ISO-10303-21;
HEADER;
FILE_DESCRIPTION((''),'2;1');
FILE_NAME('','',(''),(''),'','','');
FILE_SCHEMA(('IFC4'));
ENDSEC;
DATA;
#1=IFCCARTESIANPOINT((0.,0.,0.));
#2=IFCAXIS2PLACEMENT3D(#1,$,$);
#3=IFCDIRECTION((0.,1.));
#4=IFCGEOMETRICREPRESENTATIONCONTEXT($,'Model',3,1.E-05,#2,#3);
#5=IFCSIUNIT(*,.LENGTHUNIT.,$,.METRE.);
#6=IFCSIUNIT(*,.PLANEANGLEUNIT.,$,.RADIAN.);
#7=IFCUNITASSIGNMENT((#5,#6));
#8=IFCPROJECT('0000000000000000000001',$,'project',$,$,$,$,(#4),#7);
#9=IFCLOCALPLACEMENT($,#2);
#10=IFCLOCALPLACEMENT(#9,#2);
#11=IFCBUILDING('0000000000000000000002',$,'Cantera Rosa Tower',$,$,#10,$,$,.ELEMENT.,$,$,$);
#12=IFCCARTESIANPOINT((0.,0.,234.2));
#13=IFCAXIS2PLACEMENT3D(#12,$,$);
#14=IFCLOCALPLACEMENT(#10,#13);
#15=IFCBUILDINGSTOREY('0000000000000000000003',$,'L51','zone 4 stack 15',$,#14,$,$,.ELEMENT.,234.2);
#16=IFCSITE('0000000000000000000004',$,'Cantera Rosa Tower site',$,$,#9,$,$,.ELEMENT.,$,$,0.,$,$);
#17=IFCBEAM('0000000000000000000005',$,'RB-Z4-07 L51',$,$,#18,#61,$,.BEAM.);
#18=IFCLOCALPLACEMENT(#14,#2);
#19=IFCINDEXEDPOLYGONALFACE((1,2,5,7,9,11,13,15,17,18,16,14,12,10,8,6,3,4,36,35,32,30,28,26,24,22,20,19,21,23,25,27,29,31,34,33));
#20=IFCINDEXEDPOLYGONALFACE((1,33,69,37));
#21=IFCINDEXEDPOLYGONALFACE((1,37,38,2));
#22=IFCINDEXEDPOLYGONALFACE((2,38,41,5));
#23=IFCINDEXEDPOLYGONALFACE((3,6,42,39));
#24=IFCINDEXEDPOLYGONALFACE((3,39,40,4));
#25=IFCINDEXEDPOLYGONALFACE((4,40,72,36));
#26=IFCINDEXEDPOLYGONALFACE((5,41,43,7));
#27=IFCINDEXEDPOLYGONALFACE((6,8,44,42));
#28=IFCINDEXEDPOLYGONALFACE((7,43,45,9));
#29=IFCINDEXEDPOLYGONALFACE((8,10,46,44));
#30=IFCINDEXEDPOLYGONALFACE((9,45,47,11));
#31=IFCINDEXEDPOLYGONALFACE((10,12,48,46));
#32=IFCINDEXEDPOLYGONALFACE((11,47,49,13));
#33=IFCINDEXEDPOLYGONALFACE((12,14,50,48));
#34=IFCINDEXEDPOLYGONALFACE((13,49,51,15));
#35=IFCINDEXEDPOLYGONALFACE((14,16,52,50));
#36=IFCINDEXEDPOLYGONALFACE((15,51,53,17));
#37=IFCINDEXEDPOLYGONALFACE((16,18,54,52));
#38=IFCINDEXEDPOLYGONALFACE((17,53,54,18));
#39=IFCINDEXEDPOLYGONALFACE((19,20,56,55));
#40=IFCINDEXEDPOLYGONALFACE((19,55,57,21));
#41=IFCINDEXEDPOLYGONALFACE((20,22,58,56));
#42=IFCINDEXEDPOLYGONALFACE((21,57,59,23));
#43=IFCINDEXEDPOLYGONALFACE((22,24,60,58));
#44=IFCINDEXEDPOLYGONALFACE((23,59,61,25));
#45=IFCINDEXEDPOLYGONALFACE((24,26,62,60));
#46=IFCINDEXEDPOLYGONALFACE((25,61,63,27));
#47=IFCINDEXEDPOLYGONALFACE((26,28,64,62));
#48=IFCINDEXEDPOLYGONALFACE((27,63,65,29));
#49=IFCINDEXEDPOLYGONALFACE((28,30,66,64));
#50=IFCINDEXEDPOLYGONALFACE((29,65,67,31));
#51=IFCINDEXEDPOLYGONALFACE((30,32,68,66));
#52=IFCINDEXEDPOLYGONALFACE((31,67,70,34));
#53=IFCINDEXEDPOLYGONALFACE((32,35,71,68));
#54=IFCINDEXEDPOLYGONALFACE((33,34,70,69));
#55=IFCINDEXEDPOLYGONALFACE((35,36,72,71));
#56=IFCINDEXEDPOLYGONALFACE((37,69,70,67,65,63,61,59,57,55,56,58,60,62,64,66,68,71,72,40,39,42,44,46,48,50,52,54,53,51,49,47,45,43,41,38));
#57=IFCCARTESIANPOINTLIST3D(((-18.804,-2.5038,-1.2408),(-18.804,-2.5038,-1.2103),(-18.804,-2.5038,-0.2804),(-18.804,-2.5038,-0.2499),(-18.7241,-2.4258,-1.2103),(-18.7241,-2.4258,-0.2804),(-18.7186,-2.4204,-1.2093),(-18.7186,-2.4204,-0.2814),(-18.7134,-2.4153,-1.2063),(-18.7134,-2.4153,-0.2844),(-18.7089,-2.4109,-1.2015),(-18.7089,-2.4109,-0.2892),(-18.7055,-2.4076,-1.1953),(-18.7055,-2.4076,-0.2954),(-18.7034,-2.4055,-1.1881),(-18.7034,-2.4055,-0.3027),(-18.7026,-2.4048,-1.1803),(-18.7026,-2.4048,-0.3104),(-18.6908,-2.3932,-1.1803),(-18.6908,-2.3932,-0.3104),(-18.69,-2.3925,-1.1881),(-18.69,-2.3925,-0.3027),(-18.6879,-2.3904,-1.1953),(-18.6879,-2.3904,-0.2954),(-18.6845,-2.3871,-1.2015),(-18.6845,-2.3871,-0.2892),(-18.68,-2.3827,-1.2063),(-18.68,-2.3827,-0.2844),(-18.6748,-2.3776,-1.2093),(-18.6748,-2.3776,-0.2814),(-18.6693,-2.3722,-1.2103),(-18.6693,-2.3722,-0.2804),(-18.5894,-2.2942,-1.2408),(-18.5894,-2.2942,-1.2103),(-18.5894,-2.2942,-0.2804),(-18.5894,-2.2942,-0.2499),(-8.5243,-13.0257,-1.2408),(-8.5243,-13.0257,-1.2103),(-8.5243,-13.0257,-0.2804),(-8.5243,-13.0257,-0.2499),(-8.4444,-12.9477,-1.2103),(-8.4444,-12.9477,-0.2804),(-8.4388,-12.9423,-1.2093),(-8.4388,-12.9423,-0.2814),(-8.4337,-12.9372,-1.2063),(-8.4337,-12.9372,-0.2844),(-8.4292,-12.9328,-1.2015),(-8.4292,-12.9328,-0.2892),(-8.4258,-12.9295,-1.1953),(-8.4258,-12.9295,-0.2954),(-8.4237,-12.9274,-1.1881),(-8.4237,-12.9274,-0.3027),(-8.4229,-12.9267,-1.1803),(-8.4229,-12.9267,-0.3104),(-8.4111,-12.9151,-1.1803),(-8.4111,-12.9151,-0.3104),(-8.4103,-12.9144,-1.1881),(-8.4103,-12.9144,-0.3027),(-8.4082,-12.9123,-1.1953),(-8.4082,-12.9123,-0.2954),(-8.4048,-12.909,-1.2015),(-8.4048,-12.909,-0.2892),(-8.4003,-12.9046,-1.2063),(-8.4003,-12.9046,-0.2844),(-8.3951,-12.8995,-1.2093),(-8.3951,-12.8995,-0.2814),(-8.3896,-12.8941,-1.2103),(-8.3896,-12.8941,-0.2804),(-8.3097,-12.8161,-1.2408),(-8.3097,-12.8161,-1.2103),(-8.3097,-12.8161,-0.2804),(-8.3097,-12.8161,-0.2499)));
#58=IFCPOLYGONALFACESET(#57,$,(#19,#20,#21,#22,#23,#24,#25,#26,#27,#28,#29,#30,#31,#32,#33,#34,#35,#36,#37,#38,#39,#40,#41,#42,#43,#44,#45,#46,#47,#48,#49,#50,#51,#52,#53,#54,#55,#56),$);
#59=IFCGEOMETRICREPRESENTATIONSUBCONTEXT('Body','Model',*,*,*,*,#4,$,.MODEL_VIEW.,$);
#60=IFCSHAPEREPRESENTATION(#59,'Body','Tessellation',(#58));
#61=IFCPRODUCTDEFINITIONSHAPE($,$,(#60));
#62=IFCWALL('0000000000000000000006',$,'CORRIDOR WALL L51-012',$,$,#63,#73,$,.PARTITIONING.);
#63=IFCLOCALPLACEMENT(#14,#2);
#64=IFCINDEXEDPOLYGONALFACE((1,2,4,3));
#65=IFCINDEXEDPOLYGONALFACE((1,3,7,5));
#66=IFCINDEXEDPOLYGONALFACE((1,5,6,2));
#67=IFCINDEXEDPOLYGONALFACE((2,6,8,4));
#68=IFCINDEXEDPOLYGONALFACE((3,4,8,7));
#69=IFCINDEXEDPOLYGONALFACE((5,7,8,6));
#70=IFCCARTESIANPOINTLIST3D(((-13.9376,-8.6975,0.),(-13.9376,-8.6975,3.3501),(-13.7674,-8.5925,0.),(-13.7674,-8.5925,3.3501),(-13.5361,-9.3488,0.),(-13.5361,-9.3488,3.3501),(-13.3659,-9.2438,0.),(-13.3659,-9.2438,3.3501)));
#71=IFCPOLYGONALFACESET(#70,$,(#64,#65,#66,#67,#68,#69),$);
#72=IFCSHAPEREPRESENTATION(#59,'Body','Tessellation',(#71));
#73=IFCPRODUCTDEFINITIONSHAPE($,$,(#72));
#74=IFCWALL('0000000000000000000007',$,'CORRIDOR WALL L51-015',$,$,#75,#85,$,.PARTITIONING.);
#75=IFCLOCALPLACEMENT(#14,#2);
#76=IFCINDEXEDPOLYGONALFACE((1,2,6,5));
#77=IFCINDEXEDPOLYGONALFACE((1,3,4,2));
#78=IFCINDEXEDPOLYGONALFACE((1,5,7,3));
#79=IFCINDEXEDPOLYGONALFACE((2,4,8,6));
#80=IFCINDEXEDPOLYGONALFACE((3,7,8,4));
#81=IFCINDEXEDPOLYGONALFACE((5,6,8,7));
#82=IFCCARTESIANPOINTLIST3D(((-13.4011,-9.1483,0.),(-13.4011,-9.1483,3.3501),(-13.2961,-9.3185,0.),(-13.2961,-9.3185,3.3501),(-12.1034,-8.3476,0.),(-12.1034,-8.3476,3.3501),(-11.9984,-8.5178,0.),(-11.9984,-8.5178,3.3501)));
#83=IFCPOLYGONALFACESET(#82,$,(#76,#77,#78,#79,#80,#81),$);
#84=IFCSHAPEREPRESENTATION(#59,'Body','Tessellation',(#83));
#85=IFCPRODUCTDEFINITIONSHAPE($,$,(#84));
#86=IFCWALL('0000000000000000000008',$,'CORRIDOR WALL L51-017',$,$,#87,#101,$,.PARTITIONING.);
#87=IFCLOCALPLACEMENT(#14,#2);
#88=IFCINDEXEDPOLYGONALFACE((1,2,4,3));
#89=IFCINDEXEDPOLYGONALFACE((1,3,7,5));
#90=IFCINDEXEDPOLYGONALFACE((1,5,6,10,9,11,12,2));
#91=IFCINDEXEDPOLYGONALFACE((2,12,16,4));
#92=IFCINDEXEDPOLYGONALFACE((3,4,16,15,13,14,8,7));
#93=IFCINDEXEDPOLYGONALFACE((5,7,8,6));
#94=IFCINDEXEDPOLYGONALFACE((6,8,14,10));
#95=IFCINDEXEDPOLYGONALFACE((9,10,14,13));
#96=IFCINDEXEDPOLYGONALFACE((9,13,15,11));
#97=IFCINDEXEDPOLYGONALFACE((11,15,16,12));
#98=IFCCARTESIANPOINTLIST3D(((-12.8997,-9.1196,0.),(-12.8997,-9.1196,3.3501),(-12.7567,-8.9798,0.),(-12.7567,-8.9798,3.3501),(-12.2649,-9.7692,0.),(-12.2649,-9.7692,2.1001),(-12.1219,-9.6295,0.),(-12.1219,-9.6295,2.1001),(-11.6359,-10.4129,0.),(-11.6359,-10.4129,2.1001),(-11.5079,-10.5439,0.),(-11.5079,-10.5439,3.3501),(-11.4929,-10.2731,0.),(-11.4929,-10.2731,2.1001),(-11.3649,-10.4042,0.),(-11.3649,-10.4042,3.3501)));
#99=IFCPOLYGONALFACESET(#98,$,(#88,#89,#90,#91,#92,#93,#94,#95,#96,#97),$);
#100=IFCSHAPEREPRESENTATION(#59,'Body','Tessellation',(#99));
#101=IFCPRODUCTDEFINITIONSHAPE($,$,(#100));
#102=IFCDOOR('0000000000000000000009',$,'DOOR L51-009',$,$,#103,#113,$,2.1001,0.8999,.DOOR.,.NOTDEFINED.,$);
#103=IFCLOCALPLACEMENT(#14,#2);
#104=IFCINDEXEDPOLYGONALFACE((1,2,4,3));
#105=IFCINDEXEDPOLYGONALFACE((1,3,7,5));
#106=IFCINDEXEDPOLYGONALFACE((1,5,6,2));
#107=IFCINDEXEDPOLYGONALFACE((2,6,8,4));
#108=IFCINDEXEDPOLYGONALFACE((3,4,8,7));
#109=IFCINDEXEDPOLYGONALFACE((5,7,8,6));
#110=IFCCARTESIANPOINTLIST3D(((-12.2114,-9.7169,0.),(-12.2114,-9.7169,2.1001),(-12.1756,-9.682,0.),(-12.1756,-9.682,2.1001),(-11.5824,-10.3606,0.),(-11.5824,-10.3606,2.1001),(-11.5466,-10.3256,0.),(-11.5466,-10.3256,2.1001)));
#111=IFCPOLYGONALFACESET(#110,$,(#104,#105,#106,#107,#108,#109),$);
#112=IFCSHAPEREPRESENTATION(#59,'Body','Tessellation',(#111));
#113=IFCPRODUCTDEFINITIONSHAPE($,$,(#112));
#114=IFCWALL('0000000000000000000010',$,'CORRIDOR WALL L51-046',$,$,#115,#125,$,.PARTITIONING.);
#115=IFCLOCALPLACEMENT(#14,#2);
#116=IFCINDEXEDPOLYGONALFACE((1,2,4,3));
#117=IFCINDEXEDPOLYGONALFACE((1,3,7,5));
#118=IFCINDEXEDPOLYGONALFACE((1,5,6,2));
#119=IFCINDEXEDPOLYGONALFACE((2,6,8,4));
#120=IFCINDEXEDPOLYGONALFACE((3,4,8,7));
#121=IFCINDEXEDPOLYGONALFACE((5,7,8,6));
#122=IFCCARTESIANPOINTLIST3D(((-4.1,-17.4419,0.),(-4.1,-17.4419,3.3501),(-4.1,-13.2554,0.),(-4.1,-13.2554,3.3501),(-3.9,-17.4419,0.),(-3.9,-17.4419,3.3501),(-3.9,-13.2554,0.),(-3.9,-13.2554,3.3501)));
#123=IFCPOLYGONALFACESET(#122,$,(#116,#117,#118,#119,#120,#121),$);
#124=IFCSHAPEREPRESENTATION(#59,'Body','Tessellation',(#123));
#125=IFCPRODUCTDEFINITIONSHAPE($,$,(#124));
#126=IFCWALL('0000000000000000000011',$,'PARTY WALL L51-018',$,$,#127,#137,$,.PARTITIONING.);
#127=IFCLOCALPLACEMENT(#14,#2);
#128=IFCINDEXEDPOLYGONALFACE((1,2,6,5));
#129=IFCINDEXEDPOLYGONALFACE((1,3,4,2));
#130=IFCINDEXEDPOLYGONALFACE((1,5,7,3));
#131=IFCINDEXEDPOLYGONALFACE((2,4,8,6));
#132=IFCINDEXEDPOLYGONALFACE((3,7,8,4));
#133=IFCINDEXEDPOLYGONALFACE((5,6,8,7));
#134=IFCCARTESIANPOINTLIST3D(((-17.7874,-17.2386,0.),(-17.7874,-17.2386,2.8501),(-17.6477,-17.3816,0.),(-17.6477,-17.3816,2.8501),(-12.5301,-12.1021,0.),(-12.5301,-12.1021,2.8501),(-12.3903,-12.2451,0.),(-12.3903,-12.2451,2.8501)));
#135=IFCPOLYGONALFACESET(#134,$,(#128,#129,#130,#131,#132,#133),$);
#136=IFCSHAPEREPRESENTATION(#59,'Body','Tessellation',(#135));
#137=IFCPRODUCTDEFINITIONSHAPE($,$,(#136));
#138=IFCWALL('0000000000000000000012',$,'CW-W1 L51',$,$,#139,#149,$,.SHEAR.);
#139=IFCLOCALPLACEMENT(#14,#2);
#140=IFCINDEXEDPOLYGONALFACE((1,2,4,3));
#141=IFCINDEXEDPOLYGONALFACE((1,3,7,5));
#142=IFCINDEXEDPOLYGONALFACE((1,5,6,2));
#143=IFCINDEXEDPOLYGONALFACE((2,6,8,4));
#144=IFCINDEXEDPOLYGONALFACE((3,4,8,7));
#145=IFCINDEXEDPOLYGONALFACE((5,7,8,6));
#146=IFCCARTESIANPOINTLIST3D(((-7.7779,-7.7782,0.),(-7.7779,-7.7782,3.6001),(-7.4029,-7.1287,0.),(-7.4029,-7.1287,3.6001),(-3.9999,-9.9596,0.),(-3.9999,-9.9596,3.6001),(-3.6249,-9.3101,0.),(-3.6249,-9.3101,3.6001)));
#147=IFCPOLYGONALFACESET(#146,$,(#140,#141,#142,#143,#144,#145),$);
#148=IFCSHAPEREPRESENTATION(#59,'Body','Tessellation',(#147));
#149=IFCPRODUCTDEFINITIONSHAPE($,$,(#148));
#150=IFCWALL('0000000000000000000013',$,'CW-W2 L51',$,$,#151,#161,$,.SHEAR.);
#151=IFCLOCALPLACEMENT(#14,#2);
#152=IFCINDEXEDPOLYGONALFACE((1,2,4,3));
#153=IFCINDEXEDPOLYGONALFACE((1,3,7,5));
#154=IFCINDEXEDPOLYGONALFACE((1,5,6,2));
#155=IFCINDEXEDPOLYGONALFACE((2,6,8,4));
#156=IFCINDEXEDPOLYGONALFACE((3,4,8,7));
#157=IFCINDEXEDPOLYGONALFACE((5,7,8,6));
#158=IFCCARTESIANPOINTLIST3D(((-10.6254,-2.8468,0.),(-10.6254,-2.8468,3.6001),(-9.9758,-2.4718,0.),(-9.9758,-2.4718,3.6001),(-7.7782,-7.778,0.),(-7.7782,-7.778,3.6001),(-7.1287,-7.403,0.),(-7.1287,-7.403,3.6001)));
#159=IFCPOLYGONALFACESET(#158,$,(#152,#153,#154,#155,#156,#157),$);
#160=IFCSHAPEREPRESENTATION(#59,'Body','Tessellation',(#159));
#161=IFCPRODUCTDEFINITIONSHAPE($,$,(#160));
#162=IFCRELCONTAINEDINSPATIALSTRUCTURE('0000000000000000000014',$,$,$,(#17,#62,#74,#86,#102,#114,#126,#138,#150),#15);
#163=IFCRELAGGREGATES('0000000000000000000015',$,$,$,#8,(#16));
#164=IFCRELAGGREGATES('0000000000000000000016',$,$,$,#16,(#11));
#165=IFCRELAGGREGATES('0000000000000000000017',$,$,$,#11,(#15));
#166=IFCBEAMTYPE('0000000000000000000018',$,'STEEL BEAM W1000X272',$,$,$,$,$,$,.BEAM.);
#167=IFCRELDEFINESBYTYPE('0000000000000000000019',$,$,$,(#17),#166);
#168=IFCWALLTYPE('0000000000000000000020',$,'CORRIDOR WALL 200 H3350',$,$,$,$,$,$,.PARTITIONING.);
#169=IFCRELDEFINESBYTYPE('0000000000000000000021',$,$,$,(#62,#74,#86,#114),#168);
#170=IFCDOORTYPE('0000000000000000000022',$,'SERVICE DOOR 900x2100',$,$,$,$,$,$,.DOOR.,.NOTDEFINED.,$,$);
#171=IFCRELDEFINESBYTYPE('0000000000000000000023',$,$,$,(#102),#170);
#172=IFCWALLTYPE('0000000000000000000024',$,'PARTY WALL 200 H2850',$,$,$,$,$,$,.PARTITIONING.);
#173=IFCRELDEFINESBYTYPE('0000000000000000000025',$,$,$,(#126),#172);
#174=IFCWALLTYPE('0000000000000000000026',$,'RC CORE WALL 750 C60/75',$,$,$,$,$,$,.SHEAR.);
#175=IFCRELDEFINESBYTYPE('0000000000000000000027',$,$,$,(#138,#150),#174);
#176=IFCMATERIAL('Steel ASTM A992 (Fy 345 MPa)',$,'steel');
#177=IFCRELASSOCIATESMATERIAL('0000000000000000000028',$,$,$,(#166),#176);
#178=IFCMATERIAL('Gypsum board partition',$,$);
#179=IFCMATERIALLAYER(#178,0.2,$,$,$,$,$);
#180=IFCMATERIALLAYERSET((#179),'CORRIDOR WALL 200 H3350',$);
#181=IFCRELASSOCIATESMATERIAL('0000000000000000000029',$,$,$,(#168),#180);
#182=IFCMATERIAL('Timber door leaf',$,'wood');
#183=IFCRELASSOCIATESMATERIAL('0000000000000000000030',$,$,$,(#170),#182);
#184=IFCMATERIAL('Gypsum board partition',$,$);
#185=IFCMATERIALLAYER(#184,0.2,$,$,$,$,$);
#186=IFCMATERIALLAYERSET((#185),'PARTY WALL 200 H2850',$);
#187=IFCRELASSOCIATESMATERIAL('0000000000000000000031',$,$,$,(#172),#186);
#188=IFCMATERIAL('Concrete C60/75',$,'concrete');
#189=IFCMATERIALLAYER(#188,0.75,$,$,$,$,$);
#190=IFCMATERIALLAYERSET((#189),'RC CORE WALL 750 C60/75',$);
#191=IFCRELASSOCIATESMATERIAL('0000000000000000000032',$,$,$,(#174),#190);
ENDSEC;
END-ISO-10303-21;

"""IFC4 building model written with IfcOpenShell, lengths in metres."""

from ifc_helpers import new_model, si_unit, direction, frame, frame_2d, origin, origin_2d, place, context, subcontext, project, spatial, rectangle, i_section, extrude, material, layer, layer_set, material_profile, profile_set, type_object, element, fill, save


model = new_model("IFC4")

# Units and contexts
model_context = context("Model", 3, precision=1e-05, world=origin(), true_north=direction((0.0, 1.0)))
body_context = subcontext(model_context, "Body", "Model", "MODEL_VIEW")
ifc_project = project(units=[si_unit("LENGTHUNIT", "METRE"), si_unit("PLANEANGLEUNIT", "RADIAN")], contexts=[model_context])

# Site, building, storey
site_placement = place(None, origin())
site = spatial("IfcSite", under=ifc_project, at=site_placement, Name="Cantera Rosa Tower site", CompositionType="ELEMENT", RefElevation=0.0)
building_placement = place(site_placement, origin())
building = spatial("IfcBuilding", under=site, at=building_placement, Name="Cantera Rosa Tower", CompositionType="ELEMENT")
storey_placement = place(building_placement, frame((0.0, 0.0, 234.2)))
storey = spatial("IfcBuildingStorey", under=building, at=storey_placement, Name="L51", Description="zone 4 stack 15", CompositionType="ELEMENT", Elevation=234.2)

# Beam
ifc_material_1 = material(Name="Steel ASTM A992 (Fy 345 MPa)", Category="steel")
ifc_material_profile = material_profile(ifc_material_1, i_section(OverallWidth=0.3, OverallDepth=0.991, WebThickness=0.0166, FlangeThickness=0.0305, FilletRadius=0.03, at=origin_2d()), Name="W1000X272")
ifc_profile_set = profile_set([ifc_material_profile], Name="Steel ASTM A992 (Fy 345 MPa)")
beam_type = type_object("IfcBeamType", Name="STEEL BEAM W1000X272", PredefinedType="BEAM", material=ifc_profile_set)
beam_placement = place(storey_placement, frame((-8.417, -12.9209, -0.7454), z_axis=(-0.698827, 0.715291, 0.0), x_axis=(-0.715291, -0.698827, 0.0)))
element("IfcBeam", 1, at=beam_placement, inside=storey, type_object=beam_type, Name="RB-Z4-07 L51", PredefinedType="BEAM", context=body_context, shape_type="SweptSolid", body=[
    extrude(i_section(OverallWidth=0.3, OverallDepth=0.991, WebThickness=0.0166, FlangeThickness=0.0305, FilletRadius=0.03, at=origin_2d()), origin(), (0.0, 0.0, 1.0), 14.71),
])

# Walls
ifc_material_2 = material(Name="Gypsum board partition")
ifc_layer_1 = layer(ifc_material_2, 0.2)
ifc_layer_set_1 = layer_set([ifc_layer_1], Name="CORRIDOR WALL 200 H3350")
wall_type_1 = type_object("IfcWallType", Name="CORRIDOR WALL 200 H3350", PredefinedType="PARTITIONING", material=ifc_layer_set_1)
wall_1_placement = place(storey_placement, frame((-13.8525, -8.645, 0.0), z_axis=(0.0, 0.0, 1.0), x_axis=(0.524827, -0.851209, 0.0)))
element("IfcWall", 2, at=wall_1_placement, inside=storey, type_object=wall_type_1, Name="CORRIDOR WALL L51-012", PredefinedType="PARTITIONING", context=body_context, shape_type="SweptSolid", body=[
    extrude(rectangle(XDim=0.7651, YDim=0.2, at=frame_2d((0.3826, 0.0))), origin(), (0.0, 0.0, 1.0), 3.3501),
])
wall_2_placement = place(storey_placement, frame((-13.3486, -9.2334, 0.0), z_axis=(0.0, 0.0, 1.0), x_axis=(0.851042, 0.525097, 0.0)))
element("IfcWall", 3, at=wall_2_placement, inside=storey, type_object=wall_type_1, Name="CORRIDOR WALL L51-015", PredefinedType="PARTITIONING", context=body_context, shape_type="SweptSolid", body=[
    extrude(rectangle(XDim=1.5249, YDim=0.2, at=frame_2d((0.7625, 0.0))), origin(), (0.0, 0.0, 1.0), 3.3501),
])

# Wall, opening, door
wall_3_placement = place(storey_placement, frame((-12.8281, -9.0498, 0.0), z_axis=(0.0, 0.0, 1.0), x_axis=(0.698907, -0.715212, 0.0)))
wall_3 = element("IfcWall", 4, at=wall_3_placement, inside=storey, type_object=wall_type_1, Name="CORRIDOR WALL L51-017", PredefinedType="PARTITIONING", context=body_context, shape_type="SweptSolid", body=[
    extrude(rectangle(XDim=1.9915, YDim=0.2, at=frame_2d((0.9956, 0.0))), origin(), (0.0, 0.0, 1.0), 3.3501),
])
opening_1_placement = place(wall_3_placement, frame((0.9082, 0.0, 0.0)))
opening_1 = element("IfcOpeningElement", 5, at=opening_1_placement, cuts=wall_3, PredefinedType="OPENING", context=body_context, shape_type="SweptSolid", body=[
    extrude(rectangle(XDim=0.8999, YDim=2.1001, at=frame_2d((0.45, 1.05))), frame((0.0, 0.1099, 0.0), z_axis=(0.0, -1.0, 0.0), x_axis=(1.0, 0.0, 0.0)), (0.0, 0.0, 1.0), 0.22),
])
ifc_material_3 = material(Name="Timber door leaf", Category="wood")
door_type_1 = type_object("IfcDoorType", Name="SERVICE DOOR 900x2100", OperationType="NOTDEFINED", PredefinedType="DOOR", material=ifc_material_3)
door_1_placement = place(opening_1_placement, origin())
door_1 = element("IfcDoor", 6, at=door_1_placement, inside=storey, type_object=door_type_1, Name="DOOR L51-009", OperationType="NOTDEFINED", OverallHeight=2.1001, OverallWidth=0.8999, PredefinedType="DOOR", context=body_context, shape_type="SweptSolid", body=[
    extrude(rectangle(XDim=0.8999, YDim=2.1001, at=frame_2d((0.45, 1.05))), frame((0.0, 0.0249, 0.0), z_axis=(0.0, -1.0, 0.0), x_axis=(1.0, 0.0, 0.0)), (0.0, 0.0, 1.0), 0.05),
])
fill(opening_1, door_1)

# Walls
wall_4_placement = place(storey_placement, frame((-4.0, -13.2554, 0.0), z_axis=(0.0, 0.0, 1.0), x_axis=(0.0, -1.0, 0.0)))
element("IfcWall", 7, at=wall_4_placement, inside=storey, type_object=wall_type_1, Name="CORRIDOR WALL L51-046", PredefinedType="PARTITIONING", context=body_context, shape_type="SweptSolid", body=[
    extrude(rectangle(XDim=4.1865, YDim=0.2, at=frame_2d((2.0933, 0.0))), origin(), (0.0, 0.0, 1.0), 3.3501),
])
ifc_material_4 = material(Name="Gypsum board partition")
ifc_layer_2 = layer(ifc_material_4, 0.2)
ifc_layer_set_2 = layer_set([ifc_layer_2], Name="PARTY WALL 200 H2850")
wall_type_2 = type_object("IfcWallType", Name="PARTY WALL 200 H2850", PredefinedType="PARTITIONING", material=ifc_layer_set_2)
wall_5_placement = place(storey_placement, frame((-12.4602, -12.1736, 0.0), z_axis=(0.0, 0.0, 1.0), x_axis=(-0.71528, -0.698838, 0.0)))
element("IfcWall", 8, at=wall_5_placement, inside=storey, type_object=wall_type_2, Name="PARTY WALL L51-018", PredefinedType="PARTITIONING", context=body_context, shape_type="SweptSolid", body=[
    extrude(rectangle(XDim=7.3501, YDim=0.2, at=frame_2d((3.675, 0.0))), origin(), (0.0, 0.0, 1.0), 2.8501),
])
ifc_material_5 = material(Name="Concrete C60/75", Category="concrete")
ifc_layer_3 = layer(ifc_material_5, 0.75)
ifc_layer_set_3 = layer_set([ifc_layer_3], Name="RC CORE WALL 750 C60/75")
wall_type_3 = type_object("IfcWallType", Name="RC CORE WALL 750 C60/75", PredefinedType="SHEAR", material=ifc_layer_set_3)
wall_6_placement = place(storey_placement, frame((-3.8125, -9.6348, 0.0), z_axis=(0.0, 0.0, 1.0), x_axis=(-0.866013, 0.500021, 0.0)))
element("IfcWall", 9, at=wall_6_placement, inside=storey, type_object=wall_type_3, Name="CW-W1 L51", PredefinedType="SHEAR", context=body_context, shape_type="SweptSolid", body=[
    extrude(rectangle(XDim=4.3625, YDim=0.75, at=frame_2d((2.1812, 0.0))), origin(), (0.0, 0.0, 1.0), 3.6001),
])
wall_7_placement = place(storey_placement, frame((-7.4534, -7.5906, 0.0), z_axis=(0.0, 0.0, 1.0), x_axis=(-0.500022, 0.866013, 0.0)))
element("IfcWall", 10, at=wall_7_placement, inside=storey, type_object=wall_type_3, Name="CW-W2 L51", PredefinedType="SHEAR", context=body_context, shape_type="SweptSolid", body=[
    extrude(rectangle(XDim=5.6941, YDim=0.75, at=frame_2d((2.8472, 0.0))), origin(), (0.0, 0.0, 1.0), 3.6001),
])

save(model, "model.ifc")
